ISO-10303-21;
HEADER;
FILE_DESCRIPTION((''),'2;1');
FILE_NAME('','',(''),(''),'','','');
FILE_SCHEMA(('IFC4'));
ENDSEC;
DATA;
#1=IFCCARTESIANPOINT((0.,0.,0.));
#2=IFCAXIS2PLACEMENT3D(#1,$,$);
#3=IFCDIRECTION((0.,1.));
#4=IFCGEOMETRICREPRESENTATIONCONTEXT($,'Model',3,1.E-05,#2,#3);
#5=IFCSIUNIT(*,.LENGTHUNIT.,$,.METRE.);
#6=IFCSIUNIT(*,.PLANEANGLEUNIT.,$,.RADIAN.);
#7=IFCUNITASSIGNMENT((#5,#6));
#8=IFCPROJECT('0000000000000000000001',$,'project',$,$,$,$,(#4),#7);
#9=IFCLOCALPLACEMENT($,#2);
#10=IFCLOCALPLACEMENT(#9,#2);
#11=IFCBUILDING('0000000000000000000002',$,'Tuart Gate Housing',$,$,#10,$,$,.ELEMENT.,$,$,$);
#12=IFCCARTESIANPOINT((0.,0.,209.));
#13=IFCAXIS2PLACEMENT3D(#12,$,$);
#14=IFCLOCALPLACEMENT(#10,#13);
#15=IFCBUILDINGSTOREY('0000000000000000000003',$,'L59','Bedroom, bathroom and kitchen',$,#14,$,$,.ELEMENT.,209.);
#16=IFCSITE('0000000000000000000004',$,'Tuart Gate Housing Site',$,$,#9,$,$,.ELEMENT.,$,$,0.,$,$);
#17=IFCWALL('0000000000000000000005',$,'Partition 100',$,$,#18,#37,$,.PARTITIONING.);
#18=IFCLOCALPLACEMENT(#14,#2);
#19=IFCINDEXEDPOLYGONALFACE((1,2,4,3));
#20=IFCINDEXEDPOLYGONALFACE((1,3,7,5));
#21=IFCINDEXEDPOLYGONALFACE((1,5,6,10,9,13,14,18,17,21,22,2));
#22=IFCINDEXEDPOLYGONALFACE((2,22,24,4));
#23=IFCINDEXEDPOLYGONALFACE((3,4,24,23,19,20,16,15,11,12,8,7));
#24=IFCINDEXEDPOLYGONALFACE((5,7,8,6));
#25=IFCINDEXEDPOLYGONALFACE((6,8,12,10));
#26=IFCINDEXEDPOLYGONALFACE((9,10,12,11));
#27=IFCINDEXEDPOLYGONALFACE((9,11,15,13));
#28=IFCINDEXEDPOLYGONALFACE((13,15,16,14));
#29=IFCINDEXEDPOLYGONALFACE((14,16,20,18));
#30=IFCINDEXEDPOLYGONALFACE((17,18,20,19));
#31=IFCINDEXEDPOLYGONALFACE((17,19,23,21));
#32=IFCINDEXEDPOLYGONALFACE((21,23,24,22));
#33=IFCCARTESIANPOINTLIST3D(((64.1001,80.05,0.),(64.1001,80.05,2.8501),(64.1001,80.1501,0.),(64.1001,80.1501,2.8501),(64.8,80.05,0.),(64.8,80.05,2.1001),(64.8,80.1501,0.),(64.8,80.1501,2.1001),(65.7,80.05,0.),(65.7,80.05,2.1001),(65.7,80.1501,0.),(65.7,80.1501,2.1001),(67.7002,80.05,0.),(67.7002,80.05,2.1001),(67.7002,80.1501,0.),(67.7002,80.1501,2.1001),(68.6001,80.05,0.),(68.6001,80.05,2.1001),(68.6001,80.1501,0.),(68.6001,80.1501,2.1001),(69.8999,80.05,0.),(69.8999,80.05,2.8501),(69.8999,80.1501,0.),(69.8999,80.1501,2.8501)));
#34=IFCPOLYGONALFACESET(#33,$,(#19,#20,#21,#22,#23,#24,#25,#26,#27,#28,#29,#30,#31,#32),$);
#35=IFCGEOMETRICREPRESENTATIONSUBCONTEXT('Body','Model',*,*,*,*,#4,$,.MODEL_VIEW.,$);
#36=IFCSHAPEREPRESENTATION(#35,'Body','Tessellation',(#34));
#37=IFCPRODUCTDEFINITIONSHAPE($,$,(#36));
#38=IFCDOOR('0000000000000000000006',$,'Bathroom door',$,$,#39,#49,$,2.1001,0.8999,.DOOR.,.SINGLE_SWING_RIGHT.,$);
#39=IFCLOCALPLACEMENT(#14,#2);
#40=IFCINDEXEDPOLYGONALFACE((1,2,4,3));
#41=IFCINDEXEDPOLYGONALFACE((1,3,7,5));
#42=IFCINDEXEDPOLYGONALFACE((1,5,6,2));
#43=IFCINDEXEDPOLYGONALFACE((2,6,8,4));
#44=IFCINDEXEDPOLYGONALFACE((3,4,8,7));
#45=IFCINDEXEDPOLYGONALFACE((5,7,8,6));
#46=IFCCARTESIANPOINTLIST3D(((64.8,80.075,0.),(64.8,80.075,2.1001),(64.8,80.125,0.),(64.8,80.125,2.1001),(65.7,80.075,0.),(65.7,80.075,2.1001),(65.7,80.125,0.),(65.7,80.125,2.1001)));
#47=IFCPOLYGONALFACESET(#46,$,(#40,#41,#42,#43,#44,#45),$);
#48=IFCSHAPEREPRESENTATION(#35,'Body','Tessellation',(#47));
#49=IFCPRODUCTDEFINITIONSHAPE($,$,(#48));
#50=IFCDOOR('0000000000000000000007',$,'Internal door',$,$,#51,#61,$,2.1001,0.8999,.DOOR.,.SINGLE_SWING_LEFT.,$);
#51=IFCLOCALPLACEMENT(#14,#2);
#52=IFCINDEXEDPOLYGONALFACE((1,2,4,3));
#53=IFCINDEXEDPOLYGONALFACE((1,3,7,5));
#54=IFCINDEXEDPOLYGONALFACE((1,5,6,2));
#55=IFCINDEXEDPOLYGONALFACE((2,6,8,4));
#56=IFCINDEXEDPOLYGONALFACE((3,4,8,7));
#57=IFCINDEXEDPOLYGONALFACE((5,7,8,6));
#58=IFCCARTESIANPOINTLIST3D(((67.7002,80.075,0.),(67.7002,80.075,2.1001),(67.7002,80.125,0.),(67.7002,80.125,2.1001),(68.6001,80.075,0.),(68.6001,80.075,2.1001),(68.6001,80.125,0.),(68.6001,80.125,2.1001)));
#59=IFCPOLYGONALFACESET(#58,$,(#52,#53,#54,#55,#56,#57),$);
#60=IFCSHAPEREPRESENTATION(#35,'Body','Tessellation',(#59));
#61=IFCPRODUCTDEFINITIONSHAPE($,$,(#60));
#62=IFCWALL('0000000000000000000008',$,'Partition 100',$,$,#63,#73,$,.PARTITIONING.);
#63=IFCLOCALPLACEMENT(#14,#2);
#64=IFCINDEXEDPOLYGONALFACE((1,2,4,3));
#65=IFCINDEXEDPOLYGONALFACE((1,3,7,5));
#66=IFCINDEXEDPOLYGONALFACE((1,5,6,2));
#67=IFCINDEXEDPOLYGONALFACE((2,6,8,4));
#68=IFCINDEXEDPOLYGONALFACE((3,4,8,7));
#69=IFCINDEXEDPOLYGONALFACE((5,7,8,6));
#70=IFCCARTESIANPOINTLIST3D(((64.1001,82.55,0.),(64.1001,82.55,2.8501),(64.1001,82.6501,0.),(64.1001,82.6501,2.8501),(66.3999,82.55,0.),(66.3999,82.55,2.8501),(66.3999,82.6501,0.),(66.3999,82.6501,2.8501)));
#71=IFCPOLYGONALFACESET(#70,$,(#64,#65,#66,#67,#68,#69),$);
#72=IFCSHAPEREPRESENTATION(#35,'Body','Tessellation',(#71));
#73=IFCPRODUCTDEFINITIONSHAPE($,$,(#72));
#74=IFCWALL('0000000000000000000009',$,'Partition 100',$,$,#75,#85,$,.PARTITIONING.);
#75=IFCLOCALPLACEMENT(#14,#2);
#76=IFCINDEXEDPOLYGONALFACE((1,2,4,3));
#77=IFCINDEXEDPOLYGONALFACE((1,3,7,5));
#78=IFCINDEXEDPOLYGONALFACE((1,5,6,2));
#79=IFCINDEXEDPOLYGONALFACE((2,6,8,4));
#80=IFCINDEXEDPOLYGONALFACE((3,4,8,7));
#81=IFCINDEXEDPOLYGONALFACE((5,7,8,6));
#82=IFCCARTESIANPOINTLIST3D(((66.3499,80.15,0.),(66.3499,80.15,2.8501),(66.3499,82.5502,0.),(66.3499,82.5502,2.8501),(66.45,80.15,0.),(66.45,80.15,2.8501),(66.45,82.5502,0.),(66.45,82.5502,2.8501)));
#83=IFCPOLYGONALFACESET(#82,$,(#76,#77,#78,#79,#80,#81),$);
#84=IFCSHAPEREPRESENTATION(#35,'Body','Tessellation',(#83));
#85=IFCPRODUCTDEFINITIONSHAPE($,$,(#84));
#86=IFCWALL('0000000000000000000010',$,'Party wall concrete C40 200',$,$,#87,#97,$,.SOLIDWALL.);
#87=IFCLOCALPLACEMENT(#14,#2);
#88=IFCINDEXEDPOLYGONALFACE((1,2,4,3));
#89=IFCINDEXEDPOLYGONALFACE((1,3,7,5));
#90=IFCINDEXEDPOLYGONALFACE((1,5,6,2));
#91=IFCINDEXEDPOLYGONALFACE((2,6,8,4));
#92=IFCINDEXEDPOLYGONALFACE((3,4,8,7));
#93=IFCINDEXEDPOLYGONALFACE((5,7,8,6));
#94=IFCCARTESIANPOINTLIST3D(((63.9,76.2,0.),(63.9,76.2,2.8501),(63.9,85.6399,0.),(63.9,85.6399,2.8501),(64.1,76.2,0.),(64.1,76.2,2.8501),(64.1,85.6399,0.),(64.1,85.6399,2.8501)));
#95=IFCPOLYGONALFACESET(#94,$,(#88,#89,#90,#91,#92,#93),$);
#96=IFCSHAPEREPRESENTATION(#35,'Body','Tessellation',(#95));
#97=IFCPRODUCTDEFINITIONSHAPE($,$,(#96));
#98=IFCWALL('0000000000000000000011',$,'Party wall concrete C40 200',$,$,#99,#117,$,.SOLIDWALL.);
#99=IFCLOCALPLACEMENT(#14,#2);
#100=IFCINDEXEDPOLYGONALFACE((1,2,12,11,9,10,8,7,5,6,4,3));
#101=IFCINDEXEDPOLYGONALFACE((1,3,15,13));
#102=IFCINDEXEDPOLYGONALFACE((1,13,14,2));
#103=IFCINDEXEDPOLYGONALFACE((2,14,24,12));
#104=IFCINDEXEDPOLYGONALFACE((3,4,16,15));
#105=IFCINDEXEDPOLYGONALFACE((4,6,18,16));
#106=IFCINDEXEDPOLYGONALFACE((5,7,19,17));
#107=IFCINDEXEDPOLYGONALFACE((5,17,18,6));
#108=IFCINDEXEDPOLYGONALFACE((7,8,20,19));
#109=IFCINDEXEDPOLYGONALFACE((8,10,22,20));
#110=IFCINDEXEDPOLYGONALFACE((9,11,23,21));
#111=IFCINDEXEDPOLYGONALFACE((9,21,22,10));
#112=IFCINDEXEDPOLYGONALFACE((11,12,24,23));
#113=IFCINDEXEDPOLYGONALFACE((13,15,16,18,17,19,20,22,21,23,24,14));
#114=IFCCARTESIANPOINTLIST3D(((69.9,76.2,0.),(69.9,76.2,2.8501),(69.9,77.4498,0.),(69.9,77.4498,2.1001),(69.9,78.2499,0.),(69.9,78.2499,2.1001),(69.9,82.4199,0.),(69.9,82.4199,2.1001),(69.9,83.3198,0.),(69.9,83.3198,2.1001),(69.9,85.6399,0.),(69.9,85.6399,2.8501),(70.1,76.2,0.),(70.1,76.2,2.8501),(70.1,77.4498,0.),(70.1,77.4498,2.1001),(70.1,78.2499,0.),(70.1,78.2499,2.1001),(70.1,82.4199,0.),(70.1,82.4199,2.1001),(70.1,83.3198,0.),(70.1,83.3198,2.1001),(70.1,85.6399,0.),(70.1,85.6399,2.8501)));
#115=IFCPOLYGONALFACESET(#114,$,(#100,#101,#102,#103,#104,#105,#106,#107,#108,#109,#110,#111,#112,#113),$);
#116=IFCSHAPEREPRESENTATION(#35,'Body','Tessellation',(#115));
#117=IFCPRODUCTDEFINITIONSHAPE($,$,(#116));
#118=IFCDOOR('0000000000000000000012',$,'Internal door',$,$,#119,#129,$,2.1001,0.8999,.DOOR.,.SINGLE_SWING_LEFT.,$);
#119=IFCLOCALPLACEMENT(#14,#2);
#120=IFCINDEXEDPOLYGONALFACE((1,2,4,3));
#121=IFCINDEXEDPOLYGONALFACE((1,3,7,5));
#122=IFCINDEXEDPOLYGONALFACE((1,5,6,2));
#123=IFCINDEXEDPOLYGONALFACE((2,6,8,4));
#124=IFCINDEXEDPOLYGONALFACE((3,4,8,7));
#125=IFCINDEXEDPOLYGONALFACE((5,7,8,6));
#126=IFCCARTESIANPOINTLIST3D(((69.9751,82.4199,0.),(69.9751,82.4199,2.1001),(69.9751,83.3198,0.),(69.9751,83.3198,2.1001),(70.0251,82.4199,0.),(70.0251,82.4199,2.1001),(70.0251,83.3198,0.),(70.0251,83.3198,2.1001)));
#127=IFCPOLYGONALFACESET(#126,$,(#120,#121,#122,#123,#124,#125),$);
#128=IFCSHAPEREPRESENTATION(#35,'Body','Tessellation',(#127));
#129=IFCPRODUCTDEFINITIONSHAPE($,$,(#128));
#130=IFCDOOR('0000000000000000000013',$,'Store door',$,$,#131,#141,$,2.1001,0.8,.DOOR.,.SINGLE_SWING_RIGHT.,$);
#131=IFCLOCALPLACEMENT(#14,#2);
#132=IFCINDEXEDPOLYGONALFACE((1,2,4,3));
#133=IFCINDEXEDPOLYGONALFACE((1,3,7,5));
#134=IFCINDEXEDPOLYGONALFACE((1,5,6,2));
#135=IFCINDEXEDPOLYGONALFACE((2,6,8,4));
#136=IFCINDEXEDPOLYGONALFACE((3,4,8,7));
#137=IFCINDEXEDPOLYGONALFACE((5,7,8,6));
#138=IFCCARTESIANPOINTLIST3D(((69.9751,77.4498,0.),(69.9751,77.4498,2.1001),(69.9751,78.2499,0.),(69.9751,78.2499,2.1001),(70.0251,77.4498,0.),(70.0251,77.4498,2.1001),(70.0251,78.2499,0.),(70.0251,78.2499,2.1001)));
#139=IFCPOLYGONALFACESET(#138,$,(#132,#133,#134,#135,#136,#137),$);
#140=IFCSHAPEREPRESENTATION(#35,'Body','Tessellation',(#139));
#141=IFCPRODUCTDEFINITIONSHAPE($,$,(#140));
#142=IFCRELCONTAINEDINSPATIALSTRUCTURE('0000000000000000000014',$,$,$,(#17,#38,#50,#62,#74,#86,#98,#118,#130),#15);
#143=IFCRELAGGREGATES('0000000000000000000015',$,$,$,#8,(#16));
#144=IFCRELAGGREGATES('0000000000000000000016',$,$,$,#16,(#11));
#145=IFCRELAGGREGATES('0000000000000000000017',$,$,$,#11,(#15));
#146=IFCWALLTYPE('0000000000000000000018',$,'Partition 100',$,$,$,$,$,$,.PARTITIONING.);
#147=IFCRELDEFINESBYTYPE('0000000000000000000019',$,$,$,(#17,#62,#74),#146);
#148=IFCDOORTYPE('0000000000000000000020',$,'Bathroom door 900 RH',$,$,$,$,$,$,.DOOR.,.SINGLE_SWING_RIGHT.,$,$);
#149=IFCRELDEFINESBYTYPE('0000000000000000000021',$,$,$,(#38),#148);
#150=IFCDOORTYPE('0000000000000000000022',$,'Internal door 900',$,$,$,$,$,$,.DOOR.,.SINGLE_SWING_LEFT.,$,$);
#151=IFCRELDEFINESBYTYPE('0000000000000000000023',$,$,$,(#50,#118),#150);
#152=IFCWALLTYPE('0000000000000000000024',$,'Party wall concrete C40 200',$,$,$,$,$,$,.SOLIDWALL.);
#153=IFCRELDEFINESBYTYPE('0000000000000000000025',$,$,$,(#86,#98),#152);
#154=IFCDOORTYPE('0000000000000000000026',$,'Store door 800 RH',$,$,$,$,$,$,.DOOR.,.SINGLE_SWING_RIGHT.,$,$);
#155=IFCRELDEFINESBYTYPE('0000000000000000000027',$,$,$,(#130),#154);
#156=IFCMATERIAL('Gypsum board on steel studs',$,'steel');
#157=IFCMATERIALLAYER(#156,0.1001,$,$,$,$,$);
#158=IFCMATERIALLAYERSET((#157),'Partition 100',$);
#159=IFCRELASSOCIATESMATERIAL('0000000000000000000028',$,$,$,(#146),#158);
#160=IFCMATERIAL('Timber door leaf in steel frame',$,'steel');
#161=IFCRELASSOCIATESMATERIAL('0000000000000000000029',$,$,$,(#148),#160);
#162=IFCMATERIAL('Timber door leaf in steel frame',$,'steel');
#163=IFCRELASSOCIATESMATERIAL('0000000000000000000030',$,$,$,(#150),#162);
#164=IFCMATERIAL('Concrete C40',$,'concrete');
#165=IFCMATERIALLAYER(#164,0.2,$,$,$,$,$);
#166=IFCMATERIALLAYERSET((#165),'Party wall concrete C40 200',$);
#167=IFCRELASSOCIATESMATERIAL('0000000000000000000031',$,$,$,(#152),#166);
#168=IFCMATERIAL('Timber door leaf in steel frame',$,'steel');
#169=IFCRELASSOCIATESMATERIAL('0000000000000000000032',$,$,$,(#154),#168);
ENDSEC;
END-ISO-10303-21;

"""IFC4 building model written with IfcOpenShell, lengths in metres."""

from ifc_helpers import new_model, si_unit, direction, frame, frame_2d, origin, place, context, subcontext, project, spatial, rectangle, extrude, material, layer, layer_set, type_object, element, fill, save


model = new_model("IFC4")

# Units and contexts
model_context = context("Model", 3, precision=1e-05, world=origin(), true_north=direction((0.0, 1.0)))
body_context = subcontext(model_context, "Body", "Model", "MODEL_VIEW")
ifc_project = project(units=[si_unit("LENGTHUNIT", "METRE"), si_unit("PLANEANGLEUNIT", "RADIAN")], contexts=[model_context])

# Site, building, storey
site_placement = place(None, origin())
site = spatial("IfcSite", under=ifc_project, at=site_placement, Name="Tuart Gate Housing Site", CompositionType="ELEMENT", RefElevation=0.0)
building_placement = place(site_placement, origin())
building = spatial("IfcBuilding", under=site, at=building_placement, Name="Tuart Gate Housing", CompositionType="ELEMENT")
storey_placement = place(building_placement, frame((0.0, 0.0, 209.0)))
storey = spatial("IfcBuildingStorey", under=building, at=storey_placement, Name="L59", Description="Bedroom, bathroom and kitchen", CompositionType="ELEMENT", Elevation=209.0)

# Wall, openings, doors
ifc_material_1 = material(Name="Gypsum board on steel studs", Category="steel")
ifc_layer_1 = layer(ifc_material_1, 0.1001)
ifc_layer_set_1 = layer_set([ifc_layer_1], Name="Partition 100")
wall_type_1 = type_object("IfcWallType", Name="Partition 100", PredefinedType="PARTITIONING", material=ifc_layer_set_1)
wall_1_placement = place(storey_placement, frame((64.1001, 80.1001, 0.0), z_axis=(0.0, 0.0, 1.0), x_axis=(1.0, 0.0, 0.0)))
wall_1 = element("IfcWall", 1, at=wall_1_placement, inside=storey, type_object=wall_type_1, Name="Partition 100", PredefinedType="PARTITIONING", context=body_context, shape_type="SweptSolid", body=[
    extrude(rectangle(XDim=5.7998, YDim=0.1001, at=frame_2d((2.8999, 0.0))), origin(), (0.0, 0.0, 1.0), 2.8501),
])
opening_1_placement = place(wall_1_placement, frame((3.6001, 0.0, 0.0)))
opening_1 = element("IfcOpeningElement", 2, at=opening_1_placement, cuts=wall_1, PredefinedType="OPENING", context=body_context, shape_type="SweptSolid", body=[
    extrude(rectangle(XDim=0.8999, YDim=2.1001, at=frame_2d((0.45, 1.05))), frame((0.0, 0.0601, 0.0), z_axis=(0.0, -1.0, 0.0), x_axis=(1.0, 0.0, 0.0)), (0.0, 0.0, 1.0), 0.1201),
])
opening_2_placement = place(wall_1_placement, frame((0.7, 0.0, 0.0)))
opening_2 = element("IfcOpeningElement", 3, at=opening_2_placement, cuts=wall_1, PredefinedType="OPENING", context=body_context, shape_type="SweptSolid", body=[
    extrude(rectangle(XDim=0.8999, YDim=2.1001, at=frame_2d((0.45, 1.05))), frame((0.0, 0.0601, 0.0), z_axis=(0.0, -1.0, 0.0), x_axis=(1.0, 0.0, 0.0)), (0.0, 0.0, 1.0), 0.1201),
])
ifc_material_2 = material(Name="Timber door leaf in steel frame", Category="steel")
door_type_1 = type_object("IfcDoorType", Name="Bathroom door 900 RH", OperationType="SINGLE_SWING_RIGHT", PredefinedType="DOOR", material=ifc_material_2)
door_1_placement = place(opening_2_placement, origin())
door_1 = element("IfcDoor", 4, at=door_1_placement, inside=storey, type_object=door_type_1, Name="Bathroom door", OperationType="SINGLE_SWING_RIGHT", OverallHeight=2.1001, OverallWidth=0.8999, PredefinedType="DOOR", context=body_context, shape_type="SweptSolid", body=[
    extrude(rectangle(XDim=0.8999, YDim=2.1001, at=frame_2d((0.45, 1.05))), frame((0.0, 0.0249, 0.0), z_axis=(0.0, -1.0, 0.0), x_axis=(1.0, 0.0, 0.0)), (0.0, 0.0, 1.0), 0.05),
])
fill(opening_2, door_1)
ifc_material_3 = material(Name="Timber door leaf in steel frame", Category="steel")
door_type_2 = type_object("IfcDoorType", Name="Internal door 900", OperationType="SINGLE_SWING_LEFT", PredefinedType="DOOR", material=ifc_material_3)
door_2_placement = place(opening_1_placement, frame((0.8999, 0.0, 0.0), z_axis=(0.0, 0.0, 1.0), x_axis=(-1.0, 0.0, 0.0)))
door_2 = element("IfcDoor", 5, at=door_2_placement, inside=storey, type_object=door_type_2, Name="Internal door", OperationType="SINGLE_SWING_LEFT", OverallHeight=2.1001, OverallWidth=0.8999, PredefinedType="DOOR", context=body_context, shape_type="SweptSolid", body=[
    extrude(rectangle(XDim=0.8999, YDim=2.1001, at=frame_2d((0.45, 1.05))), frame((0.0, 0.0251, 0.0), z_axis=(0.0, -1.0, 0.0), x_axis=(1.0, 0.0, 0.0)), (0.0, 0.0, 1.0), 0.05),
])
fill(opening_1, door_2)

# Walls
wall_2_placement = place(storey_placement, frame((64.1001, 82.6001, 0.0), z_axis=(0.0, 0.0, 1.0), x_axis=(1.0, 0.0, 0.0)))
element("IfcWall", 6, at=wall_2_placement, inside=storey, type_object=wall_type_1, Name="Partition 100", PredefinedType="PARTITIONING", context=body_context, shape_type="SweptSolid", body=[
    extrude(rectangle(XDim=2.2998, YDim=0.1001, at=frame_2d((1.1499, 0.0))), origin(), (0.0, 0.0, 1.0), 2.8501),
])
wall_3_placement = place(storey_placement, frame((66.3999, 80.1499, 0.0), z_axis=(0.0, 0.0, 1.0), x_axis=(0.0, 1.0, 0.0)))
element("IfcWall", 7, at=wall_3_placement, inside=storey, type_object=wall_type_1, Name="Partition 100", PredefinedType="PARTITIONING", context=body_context, shape_type="SweptSolid", body=[
    extrude(rectangle(XDim=2.4001, YDim=0.1001, at=frame_2d((1.2002, 0.0))), origin(), (0.0, 0.0, 1.0), 2.8501),
])
ifc_material_4 = material(Name="Concrete C40", Category="concrete")
ifc_layer_2 = layer(ifc_material_4, 0.2)
ifc_layer_set_2 = layer_set([ifc_layer_2], Name="Party wall concrete C40 200")
wall_type_2 = type_object("IfcWallType", Name="Party wall concrete C40 200", PredefinedType="SOLIDWALL", material=ifc_layer_set_2)
wall_4_placement = place(storey_placement, frame((64.0, 76.2, 0.0), z_axis=(0.0, 0.0, 1.0), x_axis=(0.0, 1.0, 0.0)))
element("IfcWall", 8, at=wall_4_placement, inside=storey, type_object=wall_type_2, Name="Party wall concrete C40 200", PredefinedType="SOLIDWALL", context=body_context, shape_type="SweptSolid", body=[
    extrude(rectangle(XDim=9.4399, YDim=0.2, at=frame_2d((4.72, 0.0))), origin(), (0.0, 0.0, 1.0), 2.8501),
])

# Wall, openings, doors
wall_5_placement = place(storey_placement, frame((70.0, 76.2, 0.0), z_axis=(0.0, 0.0, 1.0), x_axis=(0.0, 1.0, 0.0)))
wall_5 = element("IfcWall", 9, at=wall_5_placement, inside=storey, type_object=wall_type_2, Name="Party wall concrete C40 200", PredefinedType="SOLIDWALL", context=body_context, shape_type="SweptSolid", body=[
    extrude(rectangle(XDim=9.4399, YDim=0.2, at=frame_2d((4.72, 0.0))), origin(), (0.0, 0.0, 1.0), 2.8501),
])
opening_3_placement = place(wall_5_placement, frame((6.22, 0.0, 0.0)))
opening_3 = element("IfcOpeningElement", 10, at=opening_3_placement, cuts=wall_5, PredefinedType="OPENING", context=body_context, shape_type="SweptSolid", body=[
    extrude(rectangle(XDim=0.8999, YDim=2.1001, at=frame_2d((0.45, 1.05))), frame((0.0, 0.1099, 0.0), z_axis=(0.0, -1.0, 0.0), x_axis=(1.0, 0.0, 0.0)), (0.0, 0.0, 1.0), 0.22),
])
opening_4_placement = place(wall_5_placement, frame((1.25, 0.0, 0.0)))
opening_4 = element("IfcOpeningElement", 11, at=opening_4_placement, cuts=wall_5, PredefinedType="OPENING", context=body_context, shape_type="SweptSolid", body=[
    extrude(rectangle(XDim=0.8, YDim=2.1001, at=frame_2d((0.3999, 1.05))), frame((0.0, 0.1099, 0.0), z_axis=(0.0, -1.0, 0.0), x_axis=(1.0, 0.0, 0.0)), (0.0, 0.0, 1.0), 0.22),
])
door_3_placement = place(opening_3_placement, frame((0.8999, 0.0, 0.0), z_axis=(0.0, 0.0, 1.0), x_axis=(-1.0, 0.0, 0.0)))
door_3 = element("IfcDoor", 12, at=door_3_placement, inside=storey, type_object=door_type_2, Name="Internal door", OperationType="SINGLE_SWING_LEFT", OverallHeight=2.1001, OverallWidth=0.8999, PredefinedType="DOOR", context=body_context, shape_type="SweptSolid", body=[
    extrude(rectangle(XDim=0.8999, YDim=2.1001, at=frame_2d((0.45, 1.05))), frame((0.0, 0.0251, 0.0), z_axis=(0.0, -1.0, 0.0), x_axis=(1.0, 0.0, 0.0)), (0.0, 0.0, 1.0), 0.05),
])
fill(opening_3, door_3)
ifc_material_5 = material(Name="Timber door leaf in steel frame", Category="steel")
door_type_3 = type_object("IfcDoorType", Name="Store door 800 RH", OperationType="SINGLE_SWING_RIGHT", PredefinedType="DOOR", material=ifc_material_5)
door_4_placement = place(opening_4_placement, frame((0.8, 0.0, 0.0), z_axis=(0.0, 0.0, 1.0), x_axis=(-1.0, 0.0, 0.0)))
door_4 = element("IfcDoor", 13, at=door_4_placement, inside=storey, type_object=door_type_3, Name="Store door", OperationType="SINGLE_SWING_RIGHT", OverallHeight=2.1001, OverallWidth=0.8, PredefinedType="DOOR", context=body_context, shape_type="SweptSolid", body=[
    extrude(rectangle(XDim=0.8, YDim=2.1001, at=frame_2d((0.4001, 1.05))), frame((0.0, 0.0251, 0.0), z_axis=(0.0, -1.0, 0.0), x_axis=(1.0, 0.0, 0.0)), (0.0, 0.0, 1.0), 0.05),
])
fill(opening_4, door_4)

save(model, "model.ifc")
